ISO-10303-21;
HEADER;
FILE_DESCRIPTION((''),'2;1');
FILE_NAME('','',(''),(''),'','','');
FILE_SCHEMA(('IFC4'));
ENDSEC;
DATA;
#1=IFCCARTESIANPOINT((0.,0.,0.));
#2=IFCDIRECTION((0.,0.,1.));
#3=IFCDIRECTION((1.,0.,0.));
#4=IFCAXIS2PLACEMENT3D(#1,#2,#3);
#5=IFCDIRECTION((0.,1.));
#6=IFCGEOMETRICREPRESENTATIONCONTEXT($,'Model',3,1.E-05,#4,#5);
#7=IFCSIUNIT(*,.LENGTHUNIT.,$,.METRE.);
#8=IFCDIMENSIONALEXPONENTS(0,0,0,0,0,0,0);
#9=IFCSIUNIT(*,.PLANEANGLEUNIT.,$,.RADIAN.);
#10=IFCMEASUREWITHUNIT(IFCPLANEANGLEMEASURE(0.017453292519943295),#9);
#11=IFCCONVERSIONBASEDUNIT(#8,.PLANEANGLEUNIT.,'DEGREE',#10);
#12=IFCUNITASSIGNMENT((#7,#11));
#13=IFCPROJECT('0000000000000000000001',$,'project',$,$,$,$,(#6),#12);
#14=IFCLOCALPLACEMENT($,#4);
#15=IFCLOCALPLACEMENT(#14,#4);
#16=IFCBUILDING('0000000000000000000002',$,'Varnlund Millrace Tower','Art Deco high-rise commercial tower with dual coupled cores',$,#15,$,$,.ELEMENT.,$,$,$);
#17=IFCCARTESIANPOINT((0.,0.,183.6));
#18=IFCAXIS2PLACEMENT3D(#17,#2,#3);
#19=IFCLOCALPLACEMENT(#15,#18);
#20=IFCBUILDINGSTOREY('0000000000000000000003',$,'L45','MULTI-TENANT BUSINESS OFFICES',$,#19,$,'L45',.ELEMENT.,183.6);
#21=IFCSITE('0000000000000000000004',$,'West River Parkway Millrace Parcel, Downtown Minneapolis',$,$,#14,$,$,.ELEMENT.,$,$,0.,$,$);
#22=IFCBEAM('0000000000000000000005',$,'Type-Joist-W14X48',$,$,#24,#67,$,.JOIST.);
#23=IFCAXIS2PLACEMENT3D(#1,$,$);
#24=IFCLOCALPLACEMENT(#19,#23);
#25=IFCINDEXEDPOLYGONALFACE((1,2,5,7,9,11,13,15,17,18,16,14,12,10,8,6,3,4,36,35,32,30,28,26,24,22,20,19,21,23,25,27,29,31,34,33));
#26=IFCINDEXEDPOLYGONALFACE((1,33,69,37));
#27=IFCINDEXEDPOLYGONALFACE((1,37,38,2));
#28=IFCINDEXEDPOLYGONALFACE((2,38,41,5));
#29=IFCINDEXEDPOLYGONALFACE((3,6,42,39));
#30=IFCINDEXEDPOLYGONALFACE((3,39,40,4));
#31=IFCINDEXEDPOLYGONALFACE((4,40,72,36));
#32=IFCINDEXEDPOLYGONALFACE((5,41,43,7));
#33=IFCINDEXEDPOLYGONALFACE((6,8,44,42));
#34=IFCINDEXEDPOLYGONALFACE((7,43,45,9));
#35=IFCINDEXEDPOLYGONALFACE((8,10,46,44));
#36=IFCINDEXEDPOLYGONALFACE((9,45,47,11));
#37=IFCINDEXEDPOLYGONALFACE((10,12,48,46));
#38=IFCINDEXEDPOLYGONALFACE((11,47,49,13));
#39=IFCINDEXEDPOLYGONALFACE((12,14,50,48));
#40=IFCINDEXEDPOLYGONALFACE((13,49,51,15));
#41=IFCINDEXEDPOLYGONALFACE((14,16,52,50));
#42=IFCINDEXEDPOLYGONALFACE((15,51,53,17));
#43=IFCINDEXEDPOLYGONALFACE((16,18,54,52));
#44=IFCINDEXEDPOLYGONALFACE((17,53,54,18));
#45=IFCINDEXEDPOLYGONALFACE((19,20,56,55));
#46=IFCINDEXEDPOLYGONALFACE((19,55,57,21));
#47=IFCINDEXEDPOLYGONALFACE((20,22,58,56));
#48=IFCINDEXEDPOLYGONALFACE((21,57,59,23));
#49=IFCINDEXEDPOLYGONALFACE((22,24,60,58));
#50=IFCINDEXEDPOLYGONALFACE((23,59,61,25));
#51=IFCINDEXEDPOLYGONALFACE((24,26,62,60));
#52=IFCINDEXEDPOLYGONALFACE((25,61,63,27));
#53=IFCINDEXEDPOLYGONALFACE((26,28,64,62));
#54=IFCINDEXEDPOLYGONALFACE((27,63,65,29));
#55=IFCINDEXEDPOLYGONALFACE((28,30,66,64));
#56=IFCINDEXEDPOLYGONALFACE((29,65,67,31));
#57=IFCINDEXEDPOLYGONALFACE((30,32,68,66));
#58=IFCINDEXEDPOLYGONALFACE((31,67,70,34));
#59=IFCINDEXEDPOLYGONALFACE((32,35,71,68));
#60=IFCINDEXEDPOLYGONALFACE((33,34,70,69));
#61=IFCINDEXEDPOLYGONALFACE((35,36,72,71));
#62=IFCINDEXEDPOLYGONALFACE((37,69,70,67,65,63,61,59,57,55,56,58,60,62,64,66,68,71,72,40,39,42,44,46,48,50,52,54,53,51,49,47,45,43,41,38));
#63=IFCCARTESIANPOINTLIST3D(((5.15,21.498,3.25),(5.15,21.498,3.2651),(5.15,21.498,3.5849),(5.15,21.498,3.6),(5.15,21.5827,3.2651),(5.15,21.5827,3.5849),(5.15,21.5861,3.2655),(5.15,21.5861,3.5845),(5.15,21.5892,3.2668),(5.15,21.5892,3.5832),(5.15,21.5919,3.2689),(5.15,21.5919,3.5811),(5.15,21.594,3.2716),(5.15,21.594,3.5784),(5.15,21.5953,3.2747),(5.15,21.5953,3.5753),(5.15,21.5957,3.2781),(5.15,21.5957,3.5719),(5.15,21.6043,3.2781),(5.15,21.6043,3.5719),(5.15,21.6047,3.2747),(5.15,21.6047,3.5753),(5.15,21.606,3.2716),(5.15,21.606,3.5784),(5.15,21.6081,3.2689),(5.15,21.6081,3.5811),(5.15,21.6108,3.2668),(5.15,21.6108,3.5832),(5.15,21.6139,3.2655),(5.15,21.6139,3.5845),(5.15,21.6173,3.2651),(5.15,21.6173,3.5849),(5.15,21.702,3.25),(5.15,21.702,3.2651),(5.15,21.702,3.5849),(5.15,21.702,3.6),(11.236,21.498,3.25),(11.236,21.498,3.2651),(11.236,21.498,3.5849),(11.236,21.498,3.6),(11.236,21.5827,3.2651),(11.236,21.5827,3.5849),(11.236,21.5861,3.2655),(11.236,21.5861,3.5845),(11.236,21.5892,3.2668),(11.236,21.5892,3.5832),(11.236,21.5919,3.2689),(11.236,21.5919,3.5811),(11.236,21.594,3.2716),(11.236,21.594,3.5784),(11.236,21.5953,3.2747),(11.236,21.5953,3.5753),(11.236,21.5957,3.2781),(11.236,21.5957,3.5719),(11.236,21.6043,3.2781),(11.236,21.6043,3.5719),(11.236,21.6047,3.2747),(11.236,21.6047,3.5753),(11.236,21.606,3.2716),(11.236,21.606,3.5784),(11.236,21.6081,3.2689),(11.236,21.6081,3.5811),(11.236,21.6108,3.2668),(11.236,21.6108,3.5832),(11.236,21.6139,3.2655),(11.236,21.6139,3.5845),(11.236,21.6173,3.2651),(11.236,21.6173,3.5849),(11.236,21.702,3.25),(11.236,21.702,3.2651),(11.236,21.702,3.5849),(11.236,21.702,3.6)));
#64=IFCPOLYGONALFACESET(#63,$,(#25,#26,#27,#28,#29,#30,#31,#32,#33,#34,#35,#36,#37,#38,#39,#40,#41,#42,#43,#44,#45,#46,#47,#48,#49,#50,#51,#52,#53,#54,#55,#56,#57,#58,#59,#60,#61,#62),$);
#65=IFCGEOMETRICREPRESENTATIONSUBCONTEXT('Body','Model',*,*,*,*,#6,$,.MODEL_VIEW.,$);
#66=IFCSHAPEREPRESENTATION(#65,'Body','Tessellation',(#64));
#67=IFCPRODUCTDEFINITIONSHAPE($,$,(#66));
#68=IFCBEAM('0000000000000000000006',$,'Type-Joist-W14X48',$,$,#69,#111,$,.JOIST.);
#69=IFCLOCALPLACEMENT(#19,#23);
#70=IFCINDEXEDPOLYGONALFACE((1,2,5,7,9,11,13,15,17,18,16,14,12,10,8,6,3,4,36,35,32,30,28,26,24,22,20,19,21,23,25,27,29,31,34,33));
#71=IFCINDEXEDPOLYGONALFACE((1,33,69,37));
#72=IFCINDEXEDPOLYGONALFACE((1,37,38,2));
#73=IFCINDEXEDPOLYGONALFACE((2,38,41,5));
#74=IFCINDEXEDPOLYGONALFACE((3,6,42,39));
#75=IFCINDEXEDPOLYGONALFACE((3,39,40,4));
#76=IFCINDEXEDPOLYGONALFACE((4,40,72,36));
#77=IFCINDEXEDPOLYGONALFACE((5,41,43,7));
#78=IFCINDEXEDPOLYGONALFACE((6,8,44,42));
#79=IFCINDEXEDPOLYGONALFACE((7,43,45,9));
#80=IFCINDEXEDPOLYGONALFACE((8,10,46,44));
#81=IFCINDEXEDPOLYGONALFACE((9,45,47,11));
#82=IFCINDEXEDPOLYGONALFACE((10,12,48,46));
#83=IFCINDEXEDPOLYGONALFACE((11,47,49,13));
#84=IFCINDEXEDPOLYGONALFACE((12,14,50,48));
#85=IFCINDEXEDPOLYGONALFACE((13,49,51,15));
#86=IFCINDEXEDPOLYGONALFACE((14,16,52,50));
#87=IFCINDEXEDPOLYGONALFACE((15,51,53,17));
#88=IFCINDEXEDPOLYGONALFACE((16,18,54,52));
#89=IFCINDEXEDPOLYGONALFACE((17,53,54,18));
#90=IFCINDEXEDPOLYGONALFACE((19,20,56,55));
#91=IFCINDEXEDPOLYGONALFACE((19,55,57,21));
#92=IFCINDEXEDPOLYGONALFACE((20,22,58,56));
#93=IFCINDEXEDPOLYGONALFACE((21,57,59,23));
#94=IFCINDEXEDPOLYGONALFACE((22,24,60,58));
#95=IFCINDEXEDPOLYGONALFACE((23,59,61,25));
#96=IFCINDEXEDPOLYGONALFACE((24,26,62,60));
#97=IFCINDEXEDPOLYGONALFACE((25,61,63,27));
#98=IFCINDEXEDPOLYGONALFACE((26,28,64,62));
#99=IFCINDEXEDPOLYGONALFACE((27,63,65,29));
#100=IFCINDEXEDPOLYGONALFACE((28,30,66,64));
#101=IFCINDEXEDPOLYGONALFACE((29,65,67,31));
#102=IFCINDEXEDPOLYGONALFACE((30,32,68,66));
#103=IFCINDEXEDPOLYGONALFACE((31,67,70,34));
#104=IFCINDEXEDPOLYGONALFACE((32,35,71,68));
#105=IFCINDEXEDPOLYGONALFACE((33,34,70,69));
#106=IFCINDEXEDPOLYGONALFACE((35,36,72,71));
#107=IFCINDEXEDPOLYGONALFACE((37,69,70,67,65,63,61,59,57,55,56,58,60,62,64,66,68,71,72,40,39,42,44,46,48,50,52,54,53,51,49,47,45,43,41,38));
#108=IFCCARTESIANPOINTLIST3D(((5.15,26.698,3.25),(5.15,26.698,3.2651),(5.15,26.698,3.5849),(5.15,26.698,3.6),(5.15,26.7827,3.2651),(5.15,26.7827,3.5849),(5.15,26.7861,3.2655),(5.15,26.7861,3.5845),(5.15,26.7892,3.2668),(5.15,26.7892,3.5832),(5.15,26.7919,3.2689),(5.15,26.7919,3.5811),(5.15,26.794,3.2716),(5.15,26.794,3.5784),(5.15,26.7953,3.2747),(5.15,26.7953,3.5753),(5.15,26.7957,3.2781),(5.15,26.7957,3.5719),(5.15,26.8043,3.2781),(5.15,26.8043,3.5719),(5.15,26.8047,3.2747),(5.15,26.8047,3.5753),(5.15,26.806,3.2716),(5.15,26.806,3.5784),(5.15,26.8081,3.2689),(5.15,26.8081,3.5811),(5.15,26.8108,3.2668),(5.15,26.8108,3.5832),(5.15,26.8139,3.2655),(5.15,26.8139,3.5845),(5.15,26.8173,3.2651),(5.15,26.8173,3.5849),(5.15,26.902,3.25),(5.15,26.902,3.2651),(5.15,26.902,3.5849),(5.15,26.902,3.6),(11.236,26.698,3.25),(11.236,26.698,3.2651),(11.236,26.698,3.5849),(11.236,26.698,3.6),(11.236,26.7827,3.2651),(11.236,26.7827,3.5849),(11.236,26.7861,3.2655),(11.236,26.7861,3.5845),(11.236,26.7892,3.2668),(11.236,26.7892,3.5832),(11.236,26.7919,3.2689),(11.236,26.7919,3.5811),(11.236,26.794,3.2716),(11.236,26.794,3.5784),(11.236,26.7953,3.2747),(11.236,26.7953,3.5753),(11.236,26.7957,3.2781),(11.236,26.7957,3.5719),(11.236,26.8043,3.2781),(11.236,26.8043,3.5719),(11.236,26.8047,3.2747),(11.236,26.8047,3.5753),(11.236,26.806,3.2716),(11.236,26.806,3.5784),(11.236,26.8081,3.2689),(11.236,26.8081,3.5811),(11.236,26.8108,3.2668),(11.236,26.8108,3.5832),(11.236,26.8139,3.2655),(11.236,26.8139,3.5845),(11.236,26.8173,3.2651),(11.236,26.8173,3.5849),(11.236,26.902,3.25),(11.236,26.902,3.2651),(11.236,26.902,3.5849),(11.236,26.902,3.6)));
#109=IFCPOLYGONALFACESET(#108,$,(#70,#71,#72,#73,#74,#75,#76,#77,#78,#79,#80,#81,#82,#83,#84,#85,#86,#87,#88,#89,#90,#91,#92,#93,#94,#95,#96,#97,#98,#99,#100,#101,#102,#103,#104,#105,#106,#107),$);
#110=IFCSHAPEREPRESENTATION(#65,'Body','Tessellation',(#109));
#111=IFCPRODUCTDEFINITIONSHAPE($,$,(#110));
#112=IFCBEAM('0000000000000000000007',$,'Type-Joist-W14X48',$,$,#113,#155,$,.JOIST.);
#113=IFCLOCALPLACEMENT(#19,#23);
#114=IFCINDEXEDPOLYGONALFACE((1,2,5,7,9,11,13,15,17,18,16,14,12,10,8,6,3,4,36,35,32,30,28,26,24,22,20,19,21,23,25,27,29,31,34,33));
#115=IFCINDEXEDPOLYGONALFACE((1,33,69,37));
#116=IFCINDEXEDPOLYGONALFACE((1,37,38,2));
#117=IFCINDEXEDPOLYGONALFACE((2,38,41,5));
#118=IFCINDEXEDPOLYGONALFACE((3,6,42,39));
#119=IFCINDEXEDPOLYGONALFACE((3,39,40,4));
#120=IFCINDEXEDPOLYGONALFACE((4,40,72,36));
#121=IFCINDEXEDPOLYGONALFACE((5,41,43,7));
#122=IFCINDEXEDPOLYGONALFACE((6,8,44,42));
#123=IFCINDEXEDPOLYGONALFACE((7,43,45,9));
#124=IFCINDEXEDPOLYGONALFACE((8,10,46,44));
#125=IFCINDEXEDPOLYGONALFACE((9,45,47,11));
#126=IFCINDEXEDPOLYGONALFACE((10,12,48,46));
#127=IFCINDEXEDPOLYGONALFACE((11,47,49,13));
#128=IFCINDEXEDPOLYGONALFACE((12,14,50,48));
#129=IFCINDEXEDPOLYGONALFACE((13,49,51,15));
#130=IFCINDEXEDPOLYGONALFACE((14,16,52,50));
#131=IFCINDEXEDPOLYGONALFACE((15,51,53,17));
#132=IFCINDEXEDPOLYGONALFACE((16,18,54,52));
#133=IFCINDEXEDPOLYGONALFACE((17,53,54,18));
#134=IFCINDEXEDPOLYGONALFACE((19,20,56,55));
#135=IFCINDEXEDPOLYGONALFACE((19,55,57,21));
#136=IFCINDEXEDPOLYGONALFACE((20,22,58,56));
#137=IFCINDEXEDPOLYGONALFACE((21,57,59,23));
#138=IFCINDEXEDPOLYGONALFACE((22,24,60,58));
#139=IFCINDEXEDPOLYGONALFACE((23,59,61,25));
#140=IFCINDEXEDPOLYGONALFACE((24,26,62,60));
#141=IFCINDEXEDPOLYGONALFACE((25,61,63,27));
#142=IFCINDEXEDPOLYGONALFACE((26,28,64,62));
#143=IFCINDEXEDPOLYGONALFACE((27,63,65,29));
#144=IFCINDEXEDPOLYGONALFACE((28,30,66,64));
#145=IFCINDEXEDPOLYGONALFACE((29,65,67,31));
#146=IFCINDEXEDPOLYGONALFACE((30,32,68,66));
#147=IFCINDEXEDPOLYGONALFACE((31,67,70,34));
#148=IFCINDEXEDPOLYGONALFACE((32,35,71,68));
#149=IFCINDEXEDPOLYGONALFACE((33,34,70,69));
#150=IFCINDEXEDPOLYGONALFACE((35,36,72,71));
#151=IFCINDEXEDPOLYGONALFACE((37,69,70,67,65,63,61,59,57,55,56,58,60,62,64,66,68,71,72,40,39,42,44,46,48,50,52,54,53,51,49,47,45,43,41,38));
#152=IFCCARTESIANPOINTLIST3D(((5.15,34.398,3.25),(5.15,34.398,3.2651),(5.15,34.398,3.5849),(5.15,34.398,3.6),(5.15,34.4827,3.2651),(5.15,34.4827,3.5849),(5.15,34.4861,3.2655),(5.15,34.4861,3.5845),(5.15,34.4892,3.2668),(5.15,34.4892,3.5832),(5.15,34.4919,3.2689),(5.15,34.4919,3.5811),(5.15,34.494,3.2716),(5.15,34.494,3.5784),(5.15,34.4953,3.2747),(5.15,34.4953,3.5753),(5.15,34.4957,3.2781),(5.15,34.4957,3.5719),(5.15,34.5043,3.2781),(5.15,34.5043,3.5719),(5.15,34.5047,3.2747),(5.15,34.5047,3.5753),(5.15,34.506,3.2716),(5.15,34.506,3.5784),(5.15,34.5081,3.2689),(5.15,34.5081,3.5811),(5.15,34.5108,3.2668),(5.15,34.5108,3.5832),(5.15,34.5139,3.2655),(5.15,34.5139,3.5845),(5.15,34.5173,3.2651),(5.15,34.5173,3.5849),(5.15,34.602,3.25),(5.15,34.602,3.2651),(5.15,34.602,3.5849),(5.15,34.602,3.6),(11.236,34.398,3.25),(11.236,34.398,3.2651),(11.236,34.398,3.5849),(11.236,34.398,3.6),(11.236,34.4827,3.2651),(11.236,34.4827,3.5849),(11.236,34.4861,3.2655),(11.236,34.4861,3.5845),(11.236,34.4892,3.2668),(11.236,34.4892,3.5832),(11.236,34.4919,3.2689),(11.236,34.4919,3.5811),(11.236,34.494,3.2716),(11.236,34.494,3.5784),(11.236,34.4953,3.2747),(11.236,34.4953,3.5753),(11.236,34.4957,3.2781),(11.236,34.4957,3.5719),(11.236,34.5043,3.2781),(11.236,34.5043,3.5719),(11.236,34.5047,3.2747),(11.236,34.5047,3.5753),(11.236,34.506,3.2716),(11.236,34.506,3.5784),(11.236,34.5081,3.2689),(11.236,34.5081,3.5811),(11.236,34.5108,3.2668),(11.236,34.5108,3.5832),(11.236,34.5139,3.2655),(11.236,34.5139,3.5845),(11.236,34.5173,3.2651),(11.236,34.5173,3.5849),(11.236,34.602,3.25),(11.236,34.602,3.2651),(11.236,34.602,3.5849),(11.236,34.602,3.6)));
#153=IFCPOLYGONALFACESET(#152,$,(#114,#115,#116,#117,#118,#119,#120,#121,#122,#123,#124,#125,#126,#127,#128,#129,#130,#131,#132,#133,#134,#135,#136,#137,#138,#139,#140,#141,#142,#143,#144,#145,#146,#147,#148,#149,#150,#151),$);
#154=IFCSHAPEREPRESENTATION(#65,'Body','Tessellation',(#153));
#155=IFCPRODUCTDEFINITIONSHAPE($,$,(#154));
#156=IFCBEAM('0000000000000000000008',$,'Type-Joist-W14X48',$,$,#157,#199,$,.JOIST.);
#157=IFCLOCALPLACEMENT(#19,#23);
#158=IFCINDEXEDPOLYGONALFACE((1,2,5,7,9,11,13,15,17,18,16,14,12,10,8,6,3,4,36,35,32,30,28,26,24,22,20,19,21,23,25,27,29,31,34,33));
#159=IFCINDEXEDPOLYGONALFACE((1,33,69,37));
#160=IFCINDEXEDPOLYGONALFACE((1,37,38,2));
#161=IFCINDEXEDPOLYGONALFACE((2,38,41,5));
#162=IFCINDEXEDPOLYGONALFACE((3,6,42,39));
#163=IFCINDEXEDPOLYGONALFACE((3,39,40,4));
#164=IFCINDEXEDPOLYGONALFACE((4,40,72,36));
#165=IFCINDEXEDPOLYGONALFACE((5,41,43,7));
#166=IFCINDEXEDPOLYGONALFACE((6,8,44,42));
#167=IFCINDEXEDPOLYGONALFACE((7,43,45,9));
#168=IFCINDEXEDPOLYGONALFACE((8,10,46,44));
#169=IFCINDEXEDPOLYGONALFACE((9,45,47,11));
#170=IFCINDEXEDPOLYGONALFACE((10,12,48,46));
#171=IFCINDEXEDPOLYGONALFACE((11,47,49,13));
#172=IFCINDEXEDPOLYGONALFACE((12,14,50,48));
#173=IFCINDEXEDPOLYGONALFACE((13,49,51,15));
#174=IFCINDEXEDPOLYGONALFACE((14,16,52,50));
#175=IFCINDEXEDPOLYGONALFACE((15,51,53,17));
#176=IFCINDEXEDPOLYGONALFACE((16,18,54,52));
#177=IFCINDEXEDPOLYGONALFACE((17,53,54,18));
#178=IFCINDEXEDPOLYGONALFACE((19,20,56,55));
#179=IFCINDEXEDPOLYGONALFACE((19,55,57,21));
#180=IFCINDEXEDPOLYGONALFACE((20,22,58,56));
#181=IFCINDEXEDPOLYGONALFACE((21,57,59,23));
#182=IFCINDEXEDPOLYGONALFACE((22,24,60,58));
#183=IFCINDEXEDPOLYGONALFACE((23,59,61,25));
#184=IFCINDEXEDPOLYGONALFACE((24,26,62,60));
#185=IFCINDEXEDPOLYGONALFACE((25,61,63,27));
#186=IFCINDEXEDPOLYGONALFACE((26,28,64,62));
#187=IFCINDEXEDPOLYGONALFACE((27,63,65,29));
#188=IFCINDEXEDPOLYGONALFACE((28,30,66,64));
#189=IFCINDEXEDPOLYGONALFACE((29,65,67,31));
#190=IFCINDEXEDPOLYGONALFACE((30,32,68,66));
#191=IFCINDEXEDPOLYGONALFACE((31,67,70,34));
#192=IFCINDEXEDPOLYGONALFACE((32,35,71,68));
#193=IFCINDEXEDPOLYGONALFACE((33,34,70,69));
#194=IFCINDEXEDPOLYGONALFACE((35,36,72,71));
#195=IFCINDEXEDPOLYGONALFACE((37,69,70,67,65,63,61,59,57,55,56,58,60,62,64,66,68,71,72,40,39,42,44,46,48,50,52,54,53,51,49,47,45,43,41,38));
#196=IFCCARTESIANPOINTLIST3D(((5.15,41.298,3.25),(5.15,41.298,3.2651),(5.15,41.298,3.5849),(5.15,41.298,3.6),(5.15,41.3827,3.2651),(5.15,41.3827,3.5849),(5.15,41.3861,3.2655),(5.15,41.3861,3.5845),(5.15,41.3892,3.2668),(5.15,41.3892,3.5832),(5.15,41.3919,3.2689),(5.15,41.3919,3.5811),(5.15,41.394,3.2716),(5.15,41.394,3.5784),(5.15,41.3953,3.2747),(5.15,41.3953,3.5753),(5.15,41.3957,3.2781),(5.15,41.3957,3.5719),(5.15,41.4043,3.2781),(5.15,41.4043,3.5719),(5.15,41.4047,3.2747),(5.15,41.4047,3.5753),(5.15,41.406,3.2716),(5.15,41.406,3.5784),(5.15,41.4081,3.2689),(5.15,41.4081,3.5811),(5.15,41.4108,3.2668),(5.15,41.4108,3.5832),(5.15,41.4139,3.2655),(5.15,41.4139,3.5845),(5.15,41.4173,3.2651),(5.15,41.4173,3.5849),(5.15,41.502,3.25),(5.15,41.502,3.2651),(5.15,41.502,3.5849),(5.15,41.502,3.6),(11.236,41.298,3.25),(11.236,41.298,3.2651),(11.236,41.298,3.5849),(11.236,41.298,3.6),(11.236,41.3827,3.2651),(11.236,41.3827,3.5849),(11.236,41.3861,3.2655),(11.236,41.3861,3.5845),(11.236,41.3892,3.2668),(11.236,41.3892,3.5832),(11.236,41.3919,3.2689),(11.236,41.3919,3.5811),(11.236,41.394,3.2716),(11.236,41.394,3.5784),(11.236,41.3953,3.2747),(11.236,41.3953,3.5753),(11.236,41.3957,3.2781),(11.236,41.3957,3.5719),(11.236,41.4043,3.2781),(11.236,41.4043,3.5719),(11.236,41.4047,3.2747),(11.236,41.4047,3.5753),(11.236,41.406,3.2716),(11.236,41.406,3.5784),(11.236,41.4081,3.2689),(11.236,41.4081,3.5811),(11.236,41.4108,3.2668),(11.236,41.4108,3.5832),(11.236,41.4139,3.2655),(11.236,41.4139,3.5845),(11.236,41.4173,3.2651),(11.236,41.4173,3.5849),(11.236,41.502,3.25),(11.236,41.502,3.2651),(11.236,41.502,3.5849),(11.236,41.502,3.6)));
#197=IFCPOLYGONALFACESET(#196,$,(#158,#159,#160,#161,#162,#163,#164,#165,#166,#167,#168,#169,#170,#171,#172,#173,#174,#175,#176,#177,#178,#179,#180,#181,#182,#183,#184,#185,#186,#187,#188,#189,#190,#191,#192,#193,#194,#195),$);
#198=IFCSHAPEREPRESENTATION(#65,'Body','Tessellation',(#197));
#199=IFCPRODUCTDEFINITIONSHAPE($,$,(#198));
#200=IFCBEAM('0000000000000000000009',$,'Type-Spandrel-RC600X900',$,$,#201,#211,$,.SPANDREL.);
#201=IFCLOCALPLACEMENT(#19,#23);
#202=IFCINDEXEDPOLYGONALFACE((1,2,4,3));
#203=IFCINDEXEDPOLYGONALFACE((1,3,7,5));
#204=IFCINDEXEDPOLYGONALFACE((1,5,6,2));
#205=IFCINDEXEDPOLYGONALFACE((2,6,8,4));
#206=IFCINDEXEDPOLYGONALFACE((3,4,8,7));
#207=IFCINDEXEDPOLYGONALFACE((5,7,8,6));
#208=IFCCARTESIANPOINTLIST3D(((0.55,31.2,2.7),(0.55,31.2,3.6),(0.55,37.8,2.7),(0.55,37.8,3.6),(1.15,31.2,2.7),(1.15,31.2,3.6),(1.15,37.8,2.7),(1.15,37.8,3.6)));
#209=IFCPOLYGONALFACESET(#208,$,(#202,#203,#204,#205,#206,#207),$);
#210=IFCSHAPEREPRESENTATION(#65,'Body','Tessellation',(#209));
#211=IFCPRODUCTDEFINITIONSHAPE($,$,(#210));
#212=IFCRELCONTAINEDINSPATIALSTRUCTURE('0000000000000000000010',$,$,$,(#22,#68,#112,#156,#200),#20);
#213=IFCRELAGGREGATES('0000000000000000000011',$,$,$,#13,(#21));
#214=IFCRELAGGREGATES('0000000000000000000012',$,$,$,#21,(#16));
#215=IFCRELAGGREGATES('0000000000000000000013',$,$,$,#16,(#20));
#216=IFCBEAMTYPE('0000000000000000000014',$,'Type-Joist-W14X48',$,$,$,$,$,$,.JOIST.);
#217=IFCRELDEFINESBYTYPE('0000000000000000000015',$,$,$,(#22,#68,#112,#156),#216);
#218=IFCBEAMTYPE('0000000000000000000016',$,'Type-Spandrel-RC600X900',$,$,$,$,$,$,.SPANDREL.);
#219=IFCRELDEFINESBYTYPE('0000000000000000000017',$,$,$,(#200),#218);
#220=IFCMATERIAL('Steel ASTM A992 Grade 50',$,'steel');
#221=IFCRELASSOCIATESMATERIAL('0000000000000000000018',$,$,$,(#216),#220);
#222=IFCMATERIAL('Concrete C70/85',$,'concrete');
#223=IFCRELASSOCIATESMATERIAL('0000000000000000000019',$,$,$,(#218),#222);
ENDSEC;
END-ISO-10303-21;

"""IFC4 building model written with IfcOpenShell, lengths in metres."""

from ifc_helpers import new_model, entity, si_unit, converted_unit, direction, frame, origin_with_axes, origin_2d_with_axis, place, context, subcontext, project, spatial, rectangle, i_section, extrude, material, material_profile, profile_set, type_object, element, save


model = new_model("IFC4")

# Units and contexts
model_context = context("Model", 3, precision=1e-05, world=origin_with_axes(), true_north=direction((0.0, 1.0)))
body_context = subcontext(model_context, "Body", "Model", "MODEL_VIEW")
ifc_project = project(units=[si_unit("LENGTHUNIT", "METRE"), converted_unit("PLANEANGLEUNIT", "DEGREE", entity("IfcPlaneAngleMeasure", 0.017453292519943295), si_unit("PLANEANGLEUNIT", "RADIAN"), dimensions=[0, 0, 0, 0, 0, 0, 0])], contexts=[model_context])

# Site, building, storey
site_placement = place(None, origin_with_axes())
site = spatial("IfcSite", under=ifc_project, at=site_placement, Name="West River Parkway Millrace Parcel, Downtown Minneapolis", CompositionType="ELEMENT", RefElevation=0.0)
building_placement = place(site_placement, origin_with_axes())
building = spatial("IfcBuilding", under=site, at=building_placement, Name="Varnlund Millrace Tower", Description="Art Deco high-rise commercial tower with dual coupled cores", CompositionType="ELEMENT")
storey_placement = place(building_placement, frame((0.0, 0.0, 183.6), z_axis=(0.0, 0.0, 1.0), x_axis=(1.0, 0.0, 0.0)))
storey = spatial("IfcBuildingStorey", under=building, at=storey_placement, Name="L45", Description="MULTI-TENANT BUSINESS OFFICES", LongName="L45", CompositionType="ELEMENT", Elevation=183.6)

# Beams
ifc_material_1 = material(Name="Steel ASTM A992 Grade 50", Category="steel")
ifc_material_profile_1 = material_profile(ifc_material_1, i_section(OverallWidth=0.204, OverallDepth=0.35, WebThickness=0.0086, FlangeThickness=0.0151, FilletRadius=0.013, at=origin_2d_with_axis()), Name="Steel ASTM A992 Grade 50")
ifc_profile_set_1 = profile_set([ifc_material_profile_1], Name="Steel ASTM A992 Grade 50")
beam_type_1 = type_object("IfcBeamType", Name="Type-Joist-W14X48", PredefinedType="JOIST", material=ifc_profile_set_1)
for number, where, z_axis, x_axis, name in (
    (1, (5.15, 21.6, 3.425), (1.0, 0.0, 0.0), (0.0, 1.0, 0.0), "Type-Joist-W14X48"),
    (2, (5.15, 26.8, 3.425), (1.0, 0.0, 0.0), (0.0, 1.0, 0.0), "Type-Joist-W14X48"),
    (3, (5.15, 34.5, 3.425), (1.0, 0.0, 0.0), (0.0, 1.0, 0.0), "Type-Joist-W14X48"),
    (4, (5.15, 41.4, 3.425), (1.0, 0.0, 0.0), (0.0, 1.0, 0.0), "Type-Joist-W14X48"),
):
    element("IfcBeam", number, at=place(storey_placement, frame(where, z_axis=z_axis, x_axis=x_axis)), inside=storey, type_object=beam_type_1, Name=name, PredefinedType="JOIST", context=body_context, shape_type="SweptSolid", body=[
        extrude(i_section(OverallWidth=0.204, OverallDepth=0.35, WebThickness=0.0086, FlangeThickness=0.0151, FilletRadius=0.013, at=origin_2d_with_axis()), origin_with_axes(), (0.0, 0.0, 1.0), 6.086),
    ])
ifc_material_2 = material(Name="Concrete C70/85", Category="concrete")
ifc_material_profile_2 = material_profile(ifc_material_2, rectangle(XDim=0.6, YDim=0.9, at=origin_2d_with_axis()), Name="Concrete C70/85")
ifc_profile_set_2 = profile_set([ifc_material_profile_2], Name="Concrete C70/85")
beam_type_2 = type_object("IfcBeamType", Name="Type-Spandrel-RC600X900", PredefinedType="SPANDREL", material=ifc_profile_set_2)
beam_1_placement = place(storey_placement, frame((0.85, 31.2, 3.15), z_axis=(0.0, 1.0, 0.0), x_axis=(-1.0, 0.0, 0.0)))
element("IfcBeam", 5, at=beam_1_placement, inside=storey, type_object=beam_type_2, Name="Type-Spandrel-RC600X900", PredefinedType="SPANDREL", context=body_context, shape_type="SweptSolid", body=[
    extrude(rectangle(XDim=0.6, YDim=0.9, at=origin_2d_with_axis()), origin_with_axes(), (0.0, 0.0, 1.0), 6.6),
])

save(model, "model.ifc")
